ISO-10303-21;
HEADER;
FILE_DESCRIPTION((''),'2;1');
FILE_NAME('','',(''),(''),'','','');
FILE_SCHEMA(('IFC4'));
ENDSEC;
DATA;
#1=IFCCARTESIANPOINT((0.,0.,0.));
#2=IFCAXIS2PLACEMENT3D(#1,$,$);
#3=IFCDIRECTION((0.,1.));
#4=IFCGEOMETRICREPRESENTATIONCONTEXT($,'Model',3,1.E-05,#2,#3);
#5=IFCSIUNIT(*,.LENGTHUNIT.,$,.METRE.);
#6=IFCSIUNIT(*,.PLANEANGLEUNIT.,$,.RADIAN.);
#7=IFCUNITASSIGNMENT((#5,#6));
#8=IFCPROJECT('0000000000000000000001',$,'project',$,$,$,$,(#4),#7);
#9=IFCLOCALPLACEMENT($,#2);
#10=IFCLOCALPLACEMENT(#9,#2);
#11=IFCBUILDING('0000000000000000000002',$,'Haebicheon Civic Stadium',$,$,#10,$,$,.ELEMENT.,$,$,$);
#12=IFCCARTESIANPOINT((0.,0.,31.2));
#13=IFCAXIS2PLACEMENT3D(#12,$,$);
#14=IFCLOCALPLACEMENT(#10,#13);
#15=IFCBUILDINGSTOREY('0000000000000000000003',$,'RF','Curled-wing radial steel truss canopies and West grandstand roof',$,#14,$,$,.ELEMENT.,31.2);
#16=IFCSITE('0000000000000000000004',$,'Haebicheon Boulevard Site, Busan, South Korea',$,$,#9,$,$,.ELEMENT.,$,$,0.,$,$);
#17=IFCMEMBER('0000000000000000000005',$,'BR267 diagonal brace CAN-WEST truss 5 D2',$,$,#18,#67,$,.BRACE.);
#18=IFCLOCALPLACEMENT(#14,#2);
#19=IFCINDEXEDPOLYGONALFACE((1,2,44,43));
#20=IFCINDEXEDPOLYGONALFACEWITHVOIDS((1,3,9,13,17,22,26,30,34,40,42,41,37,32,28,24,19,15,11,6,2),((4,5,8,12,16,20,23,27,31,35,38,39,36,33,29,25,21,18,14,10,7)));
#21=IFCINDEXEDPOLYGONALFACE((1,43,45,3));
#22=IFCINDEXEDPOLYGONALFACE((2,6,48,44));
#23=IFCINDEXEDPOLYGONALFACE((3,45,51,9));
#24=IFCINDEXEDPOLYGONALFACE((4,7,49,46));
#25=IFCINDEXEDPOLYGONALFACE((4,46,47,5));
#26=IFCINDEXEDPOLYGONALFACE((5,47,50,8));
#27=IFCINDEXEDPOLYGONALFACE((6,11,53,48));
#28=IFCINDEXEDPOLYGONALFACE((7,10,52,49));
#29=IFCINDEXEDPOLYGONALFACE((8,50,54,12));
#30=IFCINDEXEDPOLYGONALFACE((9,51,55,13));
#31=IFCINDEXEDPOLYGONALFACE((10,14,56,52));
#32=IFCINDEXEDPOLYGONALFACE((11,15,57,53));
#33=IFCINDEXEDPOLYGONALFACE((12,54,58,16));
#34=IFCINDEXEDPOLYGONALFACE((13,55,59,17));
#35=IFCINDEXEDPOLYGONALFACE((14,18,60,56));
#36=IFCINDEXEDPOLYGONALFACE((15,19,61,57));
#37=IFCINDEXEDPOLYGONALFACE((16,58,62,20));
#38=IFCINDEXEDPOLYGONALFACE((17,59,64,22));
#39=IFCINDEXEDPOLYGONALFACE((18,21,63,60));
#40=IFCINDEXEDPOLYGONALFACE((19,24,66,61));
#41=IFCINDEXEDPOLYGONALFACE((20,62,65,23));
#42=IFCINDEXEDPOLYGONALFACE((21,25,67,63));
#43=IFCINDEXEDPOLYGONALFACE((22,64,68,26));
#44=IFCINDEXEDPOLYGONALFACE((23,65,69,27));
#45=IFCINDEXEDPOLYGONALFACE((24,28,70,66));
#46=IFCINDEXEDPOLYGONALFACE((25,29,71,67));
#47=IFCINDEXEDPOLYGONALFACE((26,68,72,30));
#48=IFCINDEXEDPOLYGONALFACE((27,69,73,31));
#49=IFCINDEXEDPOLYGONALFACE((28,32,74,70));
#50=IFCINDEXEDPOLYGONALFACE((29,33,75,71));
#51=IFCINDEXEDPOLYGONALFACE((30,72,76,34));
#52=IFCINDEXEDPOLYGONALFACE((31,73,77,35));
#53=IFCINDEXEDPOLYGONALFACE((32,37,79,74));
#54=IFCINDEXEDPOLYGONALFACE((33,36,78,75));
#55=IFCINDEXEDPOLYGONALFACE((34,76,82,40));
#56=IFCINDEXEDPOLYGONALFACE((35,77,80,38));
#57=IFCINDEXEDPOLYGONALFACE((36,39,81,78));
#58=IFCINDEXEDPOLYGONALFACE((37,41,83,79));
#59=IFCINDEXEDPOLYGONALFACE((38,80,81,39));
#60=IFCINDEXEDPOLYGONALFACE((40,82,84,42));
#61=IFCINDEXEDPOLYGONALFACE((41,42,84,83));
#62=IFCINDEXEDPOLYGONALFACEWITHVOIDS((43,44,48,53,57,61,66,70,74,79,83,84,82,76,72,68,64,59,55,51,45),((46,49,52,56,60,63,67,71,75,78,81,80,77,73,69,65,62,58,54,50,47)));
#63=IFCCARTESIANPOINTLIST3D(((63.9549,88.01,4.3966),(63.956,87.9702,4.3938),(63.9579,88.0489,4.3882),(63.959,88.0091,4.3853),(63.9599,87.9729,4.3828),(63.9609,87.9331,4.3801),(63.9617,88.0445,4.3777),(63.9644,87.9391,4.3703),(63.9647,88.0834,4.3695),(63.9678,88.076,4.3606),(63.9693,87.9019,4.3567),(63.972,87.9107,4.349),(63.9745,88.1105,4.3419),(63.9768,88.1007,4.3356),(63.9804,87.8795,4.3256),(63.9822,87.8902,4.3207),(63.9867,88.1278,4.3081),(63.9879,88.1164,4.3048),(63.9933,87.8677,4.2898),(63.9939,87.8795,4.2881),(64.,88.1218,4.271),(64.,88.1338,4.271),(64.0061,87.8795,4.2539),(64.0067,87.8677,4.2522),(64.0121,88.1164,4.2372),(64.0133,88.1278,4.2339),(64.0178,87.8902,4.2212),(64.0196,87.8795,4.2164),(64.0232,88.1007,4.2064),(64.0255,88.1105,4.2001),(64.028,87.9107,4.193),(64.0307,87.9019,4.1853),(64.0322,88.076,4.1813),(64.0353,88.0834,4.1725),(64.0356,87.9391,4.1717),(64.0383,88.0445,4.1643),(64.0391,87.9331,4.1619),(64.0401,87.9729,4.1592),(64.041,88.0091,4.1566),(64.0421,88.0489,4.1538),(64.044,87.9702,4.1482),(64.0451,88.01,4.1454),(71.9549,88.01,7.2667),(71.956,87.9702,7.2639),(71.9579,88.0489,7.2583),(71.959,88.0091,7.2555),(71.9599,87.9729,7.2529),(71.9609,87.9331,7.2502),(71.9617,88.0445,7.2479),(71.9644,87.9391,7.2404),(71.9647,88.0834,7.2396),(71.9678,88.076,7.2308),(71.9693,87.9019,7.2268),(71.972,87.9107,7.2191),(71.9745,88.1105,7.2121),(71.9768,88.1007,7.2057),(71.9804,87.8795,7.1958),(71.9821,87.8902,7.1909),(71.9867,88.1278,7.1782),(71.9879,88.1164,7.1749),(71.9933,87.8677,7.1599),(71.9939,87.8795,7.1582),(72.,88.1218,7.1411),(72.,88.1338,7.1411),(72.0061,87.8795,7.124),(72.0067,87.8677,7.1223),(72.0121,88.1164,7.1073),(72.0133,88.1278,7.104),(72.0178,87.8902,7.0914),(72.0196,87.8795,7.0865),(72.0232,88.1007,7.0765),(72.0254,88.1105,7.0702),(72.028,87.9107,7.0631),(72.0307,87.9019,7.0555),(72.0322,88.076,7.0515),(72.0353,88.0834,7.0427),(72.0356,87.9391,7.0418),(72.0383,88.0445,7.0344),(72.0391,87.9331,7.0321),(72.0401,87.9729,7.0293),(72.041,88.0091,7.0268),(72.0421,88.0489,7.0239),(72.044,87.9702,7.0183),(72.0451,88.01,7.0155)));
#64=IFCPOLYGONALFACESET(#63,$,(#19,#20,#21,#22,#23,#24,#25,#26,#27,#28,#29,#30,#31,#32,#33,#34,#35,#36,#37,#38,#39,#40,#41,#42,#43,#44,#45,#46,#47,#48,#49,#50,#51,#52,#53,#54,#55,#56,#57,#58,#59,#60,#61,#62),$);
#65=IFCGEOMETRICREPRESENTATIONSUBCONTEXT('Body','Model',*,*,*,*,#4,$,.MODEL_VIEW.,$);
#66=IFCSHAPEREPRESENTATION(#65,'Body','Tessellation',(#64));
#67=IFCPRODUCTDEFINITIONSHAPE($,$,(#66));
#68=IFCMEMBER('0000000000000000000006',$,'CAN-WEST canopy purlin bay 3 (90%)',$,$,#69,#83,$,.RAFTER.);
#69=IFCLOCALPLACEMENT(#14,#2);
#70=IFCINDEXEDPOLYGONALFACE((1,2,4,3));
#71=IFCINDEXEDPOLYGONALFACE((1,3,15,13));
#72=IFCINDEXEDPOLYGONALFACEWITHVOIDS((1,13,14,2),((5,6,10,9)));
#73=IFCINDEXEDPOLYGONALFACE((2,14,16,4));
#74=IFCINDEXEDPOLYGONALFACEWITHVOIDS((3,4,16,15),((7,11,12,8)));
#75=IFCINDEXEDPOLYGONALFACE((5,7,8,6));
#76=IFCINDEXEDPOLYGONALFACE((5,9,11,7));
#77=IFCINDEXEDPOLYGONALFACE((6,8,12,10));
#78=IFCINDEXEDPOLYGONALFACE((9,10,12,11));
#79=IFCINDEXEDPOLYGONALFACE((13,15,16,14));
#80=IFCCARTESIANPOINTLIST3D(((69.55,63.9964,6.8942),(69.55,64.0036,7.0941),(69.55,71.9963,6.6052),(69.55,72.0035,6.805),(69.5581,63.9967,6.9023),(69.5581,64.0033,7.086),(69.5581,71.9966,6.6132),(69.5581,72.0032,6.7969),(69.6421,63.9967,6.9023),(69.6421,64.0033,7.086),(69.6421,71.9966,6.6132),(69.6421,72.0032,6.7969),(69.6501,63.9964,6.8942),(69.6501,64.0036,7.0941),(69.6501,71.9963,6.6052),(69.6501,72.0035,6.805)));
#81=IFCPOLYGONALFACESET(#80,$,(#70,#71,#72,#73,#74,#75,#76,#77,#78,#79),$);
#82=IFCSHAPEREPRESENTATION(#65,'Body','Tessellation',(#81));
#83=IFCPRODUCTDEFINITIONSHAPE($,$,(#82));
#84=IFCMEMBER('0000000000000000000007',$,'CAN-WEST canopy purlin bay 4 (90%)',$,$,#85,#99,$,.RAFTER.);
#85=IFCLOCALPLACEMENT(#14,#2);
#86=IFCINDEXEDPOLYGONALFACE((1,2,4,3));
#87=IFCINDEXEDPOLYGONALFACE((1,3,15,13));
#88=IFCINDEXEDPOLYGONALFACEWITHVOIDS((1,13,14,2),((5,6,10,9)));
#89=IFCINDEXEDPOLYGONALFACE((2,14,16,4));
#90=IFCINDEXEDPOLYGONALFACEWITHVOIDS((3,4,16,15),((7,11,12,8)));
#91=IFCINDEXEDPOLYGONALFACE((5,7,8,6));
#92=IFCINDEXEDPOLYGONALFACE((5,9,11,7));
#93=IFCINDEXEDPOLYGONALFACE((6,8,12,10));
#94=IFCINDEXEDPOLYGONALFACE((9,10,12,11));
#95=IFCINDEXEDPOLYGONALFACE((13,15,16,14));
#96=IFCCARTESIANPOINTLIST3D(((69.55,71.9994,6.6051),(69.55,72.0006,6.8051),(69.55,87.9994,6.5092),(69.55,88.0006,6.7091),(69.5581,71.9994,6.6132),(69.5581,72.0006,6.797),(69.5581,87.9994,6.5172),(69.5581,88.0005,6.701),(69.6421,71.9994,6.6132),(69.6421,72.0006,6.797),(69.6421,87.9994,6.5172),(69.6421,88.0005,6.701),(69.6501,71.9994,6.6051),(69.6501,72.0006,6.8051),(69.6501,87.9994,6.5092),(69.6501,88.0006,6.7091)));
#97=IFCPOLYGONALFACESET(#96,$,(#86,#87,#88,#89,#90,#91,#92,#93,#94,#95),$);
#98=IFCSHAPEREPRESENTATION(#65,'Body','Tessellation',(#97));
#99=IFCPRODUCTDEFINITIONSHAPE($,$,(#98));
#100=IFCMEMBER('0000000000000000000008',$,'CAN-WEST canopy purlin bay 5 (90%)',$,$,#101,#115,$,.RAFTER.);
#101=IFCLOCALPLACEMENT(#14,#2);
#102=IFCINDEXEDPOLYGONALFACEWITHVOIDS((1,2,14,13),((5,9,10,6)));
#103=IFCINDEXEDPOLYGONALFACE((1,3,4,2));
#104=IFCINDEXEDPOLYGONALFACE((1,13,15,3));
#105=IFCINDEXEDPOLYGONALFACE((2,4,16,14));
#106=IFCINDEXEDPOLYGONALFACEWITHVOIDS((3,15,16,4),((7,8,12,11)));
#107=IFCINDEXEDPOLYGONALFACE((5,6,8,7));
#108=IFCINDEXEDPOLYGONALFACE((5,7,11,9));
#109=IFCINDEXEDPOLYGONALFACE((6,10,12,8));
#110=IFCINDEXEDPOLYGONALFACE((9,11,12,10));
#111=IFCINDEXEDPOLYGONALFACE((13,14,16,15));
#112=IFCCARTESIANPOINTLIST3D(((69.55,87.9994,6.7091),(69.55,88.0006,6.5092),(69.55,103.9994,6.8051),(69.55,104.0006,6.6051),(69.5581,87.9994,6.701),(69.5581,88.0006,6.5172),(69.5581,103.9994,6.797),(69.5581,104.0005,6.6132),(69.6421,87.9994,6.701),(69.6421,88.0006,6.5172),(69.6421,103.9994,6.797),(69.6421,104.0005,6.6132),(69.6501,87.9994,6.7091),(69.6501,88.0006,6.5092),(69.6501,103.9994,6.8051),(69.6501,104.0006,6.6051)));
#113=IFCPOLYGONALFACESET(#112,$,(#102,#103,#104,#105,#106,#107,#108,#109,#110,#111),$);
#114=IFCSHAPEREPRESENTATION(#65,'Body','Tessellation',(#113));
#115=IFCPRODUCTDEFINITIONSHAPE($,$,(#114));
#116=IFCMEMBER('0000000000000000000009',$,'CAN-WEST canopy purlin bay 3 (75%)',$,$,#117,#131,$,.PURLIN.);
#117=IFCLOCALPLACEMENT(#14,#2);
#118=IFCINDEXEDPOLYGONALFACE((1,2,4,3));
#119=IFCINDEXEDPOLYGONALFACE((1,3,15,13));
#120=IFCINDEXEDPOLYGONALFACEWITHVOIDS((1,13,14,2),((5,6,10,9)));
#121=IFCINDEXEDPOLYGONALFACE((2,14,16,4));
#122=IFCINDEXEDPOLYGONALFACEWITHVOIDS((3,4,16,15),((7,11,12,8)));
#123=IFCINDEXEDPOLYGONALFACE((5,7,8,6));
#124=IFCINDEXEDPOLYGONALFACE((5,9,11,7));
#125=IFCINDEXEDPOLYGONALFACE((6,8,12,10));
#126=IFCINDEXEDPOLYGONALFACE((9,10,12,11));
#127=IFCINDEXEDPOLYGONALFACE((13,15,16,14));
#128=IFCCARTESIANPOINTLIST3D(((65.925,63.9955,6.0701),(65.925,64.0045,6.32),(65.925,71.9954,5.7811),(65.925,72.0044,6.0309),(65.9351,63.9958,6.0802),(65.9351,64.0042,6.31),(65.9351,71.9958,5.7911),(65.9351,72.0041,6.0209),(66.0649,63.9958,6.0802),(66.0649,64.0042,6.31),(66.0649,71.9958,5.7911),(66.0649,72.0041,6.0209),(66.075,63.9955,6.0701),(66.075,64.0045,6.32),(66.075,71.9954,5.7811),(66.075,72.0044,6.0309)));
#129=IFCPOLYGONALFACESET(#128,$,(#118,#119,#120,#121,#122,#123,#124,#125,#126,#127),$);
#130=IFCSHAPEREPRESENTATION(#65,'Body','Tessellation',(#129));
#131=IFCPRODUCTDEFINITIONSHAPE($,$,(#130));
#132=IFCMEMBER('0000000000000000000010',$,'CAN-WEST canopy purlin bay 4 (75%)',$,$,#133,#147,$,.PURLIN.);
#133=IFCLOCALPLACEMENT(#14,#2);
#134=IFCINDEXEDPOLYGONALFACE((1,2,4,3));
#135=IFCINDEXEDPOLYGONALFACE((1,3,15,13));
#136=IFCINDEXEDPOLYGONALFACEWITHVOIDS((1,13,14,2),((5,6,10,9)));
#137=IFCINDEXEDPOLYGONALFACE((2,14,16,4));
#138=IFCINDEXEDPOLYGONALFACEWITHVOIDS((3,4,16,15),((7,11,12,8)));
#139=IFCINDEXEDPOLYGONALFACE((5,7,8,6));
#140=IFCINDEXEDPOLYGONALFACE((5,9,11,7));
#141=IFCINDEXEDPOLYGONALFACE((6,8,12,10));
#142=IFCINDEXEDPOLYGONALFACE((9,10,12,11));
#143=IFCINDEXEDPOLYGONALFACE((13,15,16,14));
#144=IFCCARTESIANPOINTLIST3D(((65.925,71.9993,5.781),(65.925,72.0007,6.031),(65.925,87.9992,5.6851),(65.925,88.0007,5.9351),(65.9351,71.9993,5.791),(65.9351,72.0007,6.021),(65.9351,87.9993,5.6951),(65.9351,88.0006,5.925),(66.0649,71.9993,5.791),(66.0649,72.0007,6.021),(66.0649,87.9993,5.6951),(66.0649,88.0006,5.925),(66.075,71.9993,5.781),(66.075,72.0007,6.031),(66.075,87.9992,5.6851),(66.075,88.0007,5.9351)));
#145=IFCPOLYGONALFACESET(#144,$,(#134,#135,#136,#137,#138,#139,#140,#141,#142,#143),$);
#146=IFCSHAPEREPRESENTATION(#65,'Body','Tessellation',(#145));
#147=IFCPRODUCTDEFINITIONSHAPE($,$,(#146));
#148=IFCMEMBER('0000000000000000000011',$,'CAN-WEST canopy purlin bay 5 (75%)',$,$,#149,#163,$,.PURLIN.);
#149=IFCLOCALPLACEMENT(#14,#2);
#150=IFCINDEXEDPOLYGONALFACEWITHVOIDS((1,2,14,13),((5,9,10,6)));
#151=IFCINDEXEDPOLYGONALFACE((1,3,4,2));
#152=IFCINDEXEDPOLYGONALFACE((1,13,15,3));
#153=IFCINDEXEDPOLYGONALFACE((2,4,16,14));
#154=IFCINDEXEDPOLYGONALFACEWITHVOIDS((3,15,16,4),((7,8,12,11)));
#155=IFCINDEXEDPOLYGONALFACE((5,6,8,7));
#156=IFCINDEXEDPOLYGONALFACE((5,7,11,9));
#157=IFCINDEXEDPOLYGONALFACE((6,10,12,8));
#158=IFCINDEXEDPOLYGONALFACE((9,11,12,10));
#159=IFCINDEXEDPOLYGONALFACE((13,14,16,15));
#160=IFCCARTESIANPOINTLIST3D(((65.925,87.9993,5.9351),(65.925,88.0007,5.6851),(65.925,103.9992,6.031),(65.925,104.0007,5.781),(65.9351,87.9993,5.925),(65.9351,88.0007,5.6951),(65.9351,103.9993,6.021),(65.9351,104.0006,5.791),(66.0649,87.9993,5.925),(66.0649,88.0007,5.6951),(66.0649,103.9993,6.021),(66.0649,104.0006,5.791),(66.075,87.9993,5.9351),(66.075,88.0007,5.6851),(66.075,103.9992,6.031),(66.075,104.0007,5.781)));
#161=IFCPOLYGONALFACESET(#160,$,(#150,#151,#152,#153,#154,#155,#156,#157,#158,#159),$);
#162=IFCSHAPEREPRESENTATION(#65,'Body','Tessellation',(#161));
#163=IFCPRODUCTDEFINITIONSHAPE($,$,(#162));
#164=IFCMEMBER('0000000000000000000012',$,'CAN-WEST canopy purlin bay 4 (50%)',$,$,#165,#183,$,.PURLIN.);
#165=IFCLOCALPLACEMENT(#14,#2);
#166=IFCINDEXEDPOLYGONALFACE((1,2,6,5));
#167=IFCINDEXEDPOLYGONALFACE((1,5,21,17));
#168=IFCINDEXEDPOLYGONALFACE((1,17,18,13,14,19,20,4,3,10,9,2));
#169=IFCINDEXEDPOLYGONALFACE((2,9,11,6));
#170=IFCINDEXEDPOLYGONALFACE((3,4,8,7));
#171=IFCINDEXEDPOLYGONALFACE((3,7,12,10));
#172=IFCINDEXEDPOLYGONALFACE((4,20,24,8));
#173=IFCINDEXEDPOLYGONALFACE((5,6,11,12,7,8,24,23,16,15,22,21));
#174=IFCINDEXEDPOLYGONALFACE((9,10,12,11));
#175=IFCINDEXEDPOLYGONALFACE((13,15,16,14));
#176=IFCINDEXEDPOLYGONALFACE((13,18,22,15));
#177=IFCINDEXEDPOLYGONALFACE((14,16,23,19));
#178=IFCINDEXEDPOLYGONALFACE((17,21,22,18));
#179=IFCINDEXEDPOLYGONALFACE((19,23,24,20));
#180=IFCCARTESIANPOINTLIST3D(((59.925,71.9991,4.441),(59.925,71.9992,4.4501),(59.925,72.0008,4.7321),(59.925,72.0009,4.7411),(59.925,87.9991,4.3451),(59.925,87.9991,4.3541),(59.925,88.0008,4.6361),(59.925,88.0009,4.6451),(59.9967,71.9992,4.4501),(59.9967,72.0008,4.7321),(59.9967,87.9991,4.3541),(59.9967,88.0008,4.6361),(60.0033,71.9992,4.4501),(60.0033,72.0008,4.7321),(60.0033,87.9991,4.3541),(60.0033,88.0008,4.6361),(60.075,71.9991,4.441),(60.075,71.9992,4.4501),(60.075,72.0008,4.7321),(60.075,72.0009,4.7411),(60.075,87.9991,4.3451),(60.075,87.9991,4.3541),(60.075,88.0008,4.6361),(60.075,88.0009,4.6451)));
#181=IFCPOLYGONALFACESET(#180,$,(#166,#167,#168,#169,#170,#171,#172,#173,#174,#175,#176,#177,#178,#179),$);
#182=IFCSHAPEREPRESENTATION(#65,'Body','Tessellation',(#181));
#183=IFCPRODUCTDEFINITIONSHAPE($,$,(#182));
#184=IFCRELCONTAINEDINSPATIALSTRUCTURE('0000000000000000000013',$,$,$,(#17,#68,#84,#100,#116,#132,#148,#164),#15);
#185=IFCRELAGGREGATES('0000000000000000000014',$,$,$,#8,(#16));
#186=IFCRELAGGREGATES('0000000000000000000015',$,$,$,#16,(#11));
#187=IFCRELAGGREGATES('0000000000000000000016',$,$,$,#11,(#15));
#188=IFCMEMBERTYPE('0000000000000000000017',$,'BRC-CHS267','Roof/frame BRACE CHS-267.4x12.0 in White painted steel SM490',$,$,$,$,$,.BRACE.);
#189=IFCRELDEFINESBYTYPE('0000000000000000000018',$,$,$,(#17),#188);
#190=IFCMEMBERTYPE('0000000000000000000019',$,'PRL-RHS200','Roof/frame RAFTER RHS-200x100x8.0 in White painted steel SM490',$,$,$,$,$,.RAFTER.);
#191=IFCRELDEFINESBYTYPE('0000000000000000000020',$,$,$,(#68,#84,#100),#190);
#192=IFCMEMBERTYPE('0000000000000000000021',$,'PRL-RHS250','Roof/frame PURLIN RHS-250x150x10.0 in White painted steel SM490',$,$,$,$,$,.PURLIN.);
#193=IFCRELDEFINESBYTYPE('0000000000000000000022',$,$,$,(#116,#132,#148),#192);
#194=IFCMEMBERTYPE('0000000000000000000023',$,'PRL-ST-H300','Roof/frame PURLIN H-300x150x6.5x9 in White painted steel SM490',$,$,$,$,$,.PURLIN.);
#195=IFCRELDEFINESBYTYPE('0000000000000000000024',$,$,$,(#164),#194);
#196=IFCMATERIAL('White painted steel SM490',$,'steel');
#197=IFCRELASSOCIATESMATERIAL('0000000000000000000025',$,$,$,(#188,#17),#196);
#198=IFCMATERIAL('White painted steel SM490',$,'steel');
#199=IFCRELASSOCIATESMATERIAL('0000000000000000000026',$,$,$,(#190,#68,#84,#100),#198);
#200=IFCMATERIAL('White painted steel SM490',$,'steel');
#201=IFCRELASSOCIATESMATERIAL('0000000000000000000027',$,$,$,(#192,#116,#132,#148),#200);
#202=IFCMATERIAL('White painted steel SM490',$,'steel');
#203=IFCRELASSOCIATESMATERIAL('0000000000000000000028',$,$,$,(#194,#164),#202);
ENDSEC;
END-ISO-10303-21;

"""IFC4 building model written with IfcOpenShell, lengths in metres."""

from ifc_helpers import new_model, si_unit, direction, frame, origin, origin_2d, place, context, subcontext, project, spatial, hollow_rectangle, hollow_circle, i_section, extrude, material, material_profile, profile_set, type_object, element, save


model = new_model("IFC4")

# Units and contexts
model_context = context("Model", 3, precision=1e-05, world=origin(), true_north=direction((0.0, 1.0)))
body_context = subcontext(model_context, "Body", "Model", "MODEL_VIEW")
ifc_project = project(units=[si_unit("LENGTHUNIT", "METRE"), si_unit("PLANEANGLEUNIT", "RADIAN")], contexts=[model_context])

# Site, building, storey
site_placement = place(None, origin())
site = spatial("IfcSite", under=ifc_project, at=site_placement, Name="Haebicheon Boulevard Site, Busan, South Korea", CompositionType="ELEMENT", RefElevation=0.0)
building_placement = place(site_placement, origin())
building = spatial("IfcBuilding", under=site, at=building_placement, Name="Haebicheon Civic Stadium", CompositionType="ELEMENT")
storey_placement = place(building_placement, frame((0.0, 0.0, 31.2)))
storey = spatial("IfcBuildingStorey", under=building, at=storey_placement, Name="RF", Description="Curled-wing radial steel truss canopies and West grandstand roof", CompositionType="ELEMENT", Elevation=31.2)

# Members
ifc_material_1 = material(Name="White painted steel SM490", Category="steel")
ifc_material_profile_1 = material_profile(ifc_material_1, hollow_circle(Radius=0.1338, WallThickness=0.012, at=origin_2d()), Name="CHS-267.4x12.0")
ifc_profile_set_1 = profile_set([ifc_material_profile_1], Name="White painted steel SM490")
member_type_1 = type_object("IfcMemberType", Name="BRC-CHS267", Description="Roof/frame BRACE CHS-267.4x12.0 in White painted steel SM490", PredefinedType="BRACE", material=ifc_profile_set_1)
for number, where, z_axis, x_axis, name in (
    (1, (64.0, 88.0, 4.271), (0.941257, 0.0, 0.33769), (0.0, 1.0, 0.0), "BR267 diagonal brace CAN-WEST truss 5 D2"),
):
    element("IfcMember", number, at=place(storey_placement, frame(where, z_axis=z_axis, x_axis=x_axis)), inside=storey, type_object=member_type_1, material=ifc_profile_set_1, Name=name, PredefinedType="BRACE", context=body_context, shape_type="SweptSolid", body=[
        extrude(hollow_circle(Radius=0.1338, WallThickness=0.012, at=origin_2d()), origin(), (0.0, 0.0, 1.0), 8.4993),
    ])
ifc_material_2 = material(Name="White painted steel SM490", Category="steel")
ifc_material_profile_2 = material_profile(ifc_material_2, hollow_rectangle(XDim=0.1001, YDim=0.2, WallThickness=0.0081, at=origin_2d()), Name="RHS-200x100x8.0")
ifc_profile_set_2 = profile_set([ifc_material_profile_2], Name="White painted steel SM490")
member_type_2 = type_object("IfcMemberType", Name="PRL-RHS200", Description="Roof/frame RAFTER RHS-200x100x8.0 in White painted steel SM490", PredefinedType="RAFTER", material=ifc_profile_set_2)
member_1_placement = place(storey_placement, frame((69.6001, 64.0, 6.9941), z_axis=(0.0, 0.999348, -0.036109), x_axis=(-1.0, 0.0, 0.0)))
element("IfcMember", 2, at=member_1_placement, inside=storey, type_object=member_type_2, material=ifc_profile_set_2, Name="CAN-WEST canopy purlin bay 3 (90%)", PredefinedType="RAFTER", context=body_context, shape_type="SweptSolid", body=[
    extrude(hollow_rectangle(XDim=0.1001, YDim=0.2, WallThickness=0.0081, at=origin_2d()), origin(), (0.0, 0.0, 1.0), 8.0051),
])
for number, where, z_axis, x_axis, name in (
    (3, (69.6001, 72.0, 6.7051), (0.0, 0.999982, -0.005997), (-1.0, 0.0, 0.0), "CAN-WEST canopy purlin bay 4 (90%)"),
    (4, (69.6001, 88.0, 6.6091), (0.0, 0.999982, 0.005997), (-1.0, 0.0, 0.0), "CAN-WEST canopy purlin bay 5 (90%)"),
):
    element("IfcMember", number, at=place(storey_placement, frame(where, z_axis=z_axis, x_axis=x_axis)), inside=storey, type_object=member_type_2, material=ifc_profile_set_2, Name=name, PredefinedType="RAFTER", context=body_context, shape_type="SweptSolid", body=[
        extrude(hollow_rectangle(XDim=0.1001, YDim=0.2, WallThickness=0.0081, at=origin_2d()), origin(), (0.0, 0.0, 1.0), 16.0002),
    ])
ifc_material_3 = material(Name="White painted steel SM490", Category="steel")
ifc_material_profile_3 = material_profile(ifc_material_3, hollow_rectangle(XDim=0.1499, YDim=0.25, WallThickness=0.01, at=origin_2d()), Name="RHS-250x150x10.0")
ifc_profile_set_3 = profile_set([ifc_material_profile_3], Name="White painted steel SM490")
member_type_3 = type_object("IfcMemberType", Name="PRL-RHS250", Description="Roof/frame PURLIN RHS-250x150x10.0 in White painted steel SM490", PredefinedType="PURLIN", material=ifc_profile_set_3)
member_2_placement = place(storey_placement, frame((66.0, 64.0, 6.1951), z_axis=(0.0, 0.999348, -0.036109), x_axis=(-1.0, 0.0, 0.0)))
element("IfcMember", 5, at=member_2_placement, inside=storey, type_object=member_type_3, material=ifc_profile_set_3, Name="CAN-WEST canopy purlin bay 3 (75%)", PredefinedType="PURLIN", context=body_context, shape_type="SweptSolid", body=[
    extrude(hollow_rectangle(XDim=0.1499, YDim=0.25, WallThickness=0.01, at=origin_2d()), origin(), (0.0, 0.0, 1.0), 8.0051),
])
for number, where, z_axis, x_axis, name in (
    (6, (66.0, 72.0, 5.906), (0.0, 0.999982, -0.005997), (-1.0, 0.0, 0.0), "CAN-WEST canopy purlin bay 4 (75%)"),
    (7, (66.0, 88.0, 5.8101), (0.0, 0.999982, 0.005997), (-1.0, 0.0, 0.0), "CAN-WEST canopy purlin bay 5 (75%)"),
):
    element("IfcMember", number, at=place(storey_placement, frame(where, z_axis=z_axis, x_axis=x_axis)), inside=storey, type_object=member_type_3, material=ifc_profile_set_3, Name=name, PredefinedType="PURLIN", context=body_context, shape_type="SweptSolid", body=[
        extrude(hollow_rectangle(XDim=0.1499, YDim=0.25, WallThickness=0.01, at=origin_2d()), origin(), (0.0, 0.0, 1.0), 16.0002),
    ])
ifc_material_4 = material(Name="White painted steel SM490", Category="steel")
ifc_material_profile_4 = material_profile(ifc_material_4, i_section(OverallWidth=0.1499, OverallDepth=0.3, WebThickness=0.0066, FlangeThickness=0.009, at=origin_2d()), Name="H-300x150x6.5x9")
ifc_profile_set_4 = profile_set([ifc_material_profile_4], Name="White painted steel SM490")
member_type_4 = type_object("IfcMemberType", Name="PRL-ST-H300", Description="Roof/frame PURLIN H-300x150x6.5x9 in White painted steel SM490", PredefinedType="PURLIN", material=ifc_profile_set_4)
for number, where, z_axis, x_axis, name in (
    (8, (60.0, 72.0, 4.5911), (0.0, 0.999982, -0.005997), (-1.0, 0.0, 0.0), "CAN-WEST canopy purlin bay 4 (50%)"),
):
    element("IfcMember", number, at=place(storey_placement, frame(where, z_axis=z_axis, x_axis=x_axis)), inside=storey, type_object=member_type_4, material=ifc_profile_set_4, Name=name, PredefinedType="PURLIN", context=body_context, shape_type="SweptSolid", body=[
        extrude(i_section(OverallWidth=0.1499, OverallDepth=0.3, WebThickness=0.0066, FlangeThickness=0.009, at=origin_2d()), origin(), (0.0, 0.0, 1.0), 16.0002),
    ])

save(model, "model.ifc")
